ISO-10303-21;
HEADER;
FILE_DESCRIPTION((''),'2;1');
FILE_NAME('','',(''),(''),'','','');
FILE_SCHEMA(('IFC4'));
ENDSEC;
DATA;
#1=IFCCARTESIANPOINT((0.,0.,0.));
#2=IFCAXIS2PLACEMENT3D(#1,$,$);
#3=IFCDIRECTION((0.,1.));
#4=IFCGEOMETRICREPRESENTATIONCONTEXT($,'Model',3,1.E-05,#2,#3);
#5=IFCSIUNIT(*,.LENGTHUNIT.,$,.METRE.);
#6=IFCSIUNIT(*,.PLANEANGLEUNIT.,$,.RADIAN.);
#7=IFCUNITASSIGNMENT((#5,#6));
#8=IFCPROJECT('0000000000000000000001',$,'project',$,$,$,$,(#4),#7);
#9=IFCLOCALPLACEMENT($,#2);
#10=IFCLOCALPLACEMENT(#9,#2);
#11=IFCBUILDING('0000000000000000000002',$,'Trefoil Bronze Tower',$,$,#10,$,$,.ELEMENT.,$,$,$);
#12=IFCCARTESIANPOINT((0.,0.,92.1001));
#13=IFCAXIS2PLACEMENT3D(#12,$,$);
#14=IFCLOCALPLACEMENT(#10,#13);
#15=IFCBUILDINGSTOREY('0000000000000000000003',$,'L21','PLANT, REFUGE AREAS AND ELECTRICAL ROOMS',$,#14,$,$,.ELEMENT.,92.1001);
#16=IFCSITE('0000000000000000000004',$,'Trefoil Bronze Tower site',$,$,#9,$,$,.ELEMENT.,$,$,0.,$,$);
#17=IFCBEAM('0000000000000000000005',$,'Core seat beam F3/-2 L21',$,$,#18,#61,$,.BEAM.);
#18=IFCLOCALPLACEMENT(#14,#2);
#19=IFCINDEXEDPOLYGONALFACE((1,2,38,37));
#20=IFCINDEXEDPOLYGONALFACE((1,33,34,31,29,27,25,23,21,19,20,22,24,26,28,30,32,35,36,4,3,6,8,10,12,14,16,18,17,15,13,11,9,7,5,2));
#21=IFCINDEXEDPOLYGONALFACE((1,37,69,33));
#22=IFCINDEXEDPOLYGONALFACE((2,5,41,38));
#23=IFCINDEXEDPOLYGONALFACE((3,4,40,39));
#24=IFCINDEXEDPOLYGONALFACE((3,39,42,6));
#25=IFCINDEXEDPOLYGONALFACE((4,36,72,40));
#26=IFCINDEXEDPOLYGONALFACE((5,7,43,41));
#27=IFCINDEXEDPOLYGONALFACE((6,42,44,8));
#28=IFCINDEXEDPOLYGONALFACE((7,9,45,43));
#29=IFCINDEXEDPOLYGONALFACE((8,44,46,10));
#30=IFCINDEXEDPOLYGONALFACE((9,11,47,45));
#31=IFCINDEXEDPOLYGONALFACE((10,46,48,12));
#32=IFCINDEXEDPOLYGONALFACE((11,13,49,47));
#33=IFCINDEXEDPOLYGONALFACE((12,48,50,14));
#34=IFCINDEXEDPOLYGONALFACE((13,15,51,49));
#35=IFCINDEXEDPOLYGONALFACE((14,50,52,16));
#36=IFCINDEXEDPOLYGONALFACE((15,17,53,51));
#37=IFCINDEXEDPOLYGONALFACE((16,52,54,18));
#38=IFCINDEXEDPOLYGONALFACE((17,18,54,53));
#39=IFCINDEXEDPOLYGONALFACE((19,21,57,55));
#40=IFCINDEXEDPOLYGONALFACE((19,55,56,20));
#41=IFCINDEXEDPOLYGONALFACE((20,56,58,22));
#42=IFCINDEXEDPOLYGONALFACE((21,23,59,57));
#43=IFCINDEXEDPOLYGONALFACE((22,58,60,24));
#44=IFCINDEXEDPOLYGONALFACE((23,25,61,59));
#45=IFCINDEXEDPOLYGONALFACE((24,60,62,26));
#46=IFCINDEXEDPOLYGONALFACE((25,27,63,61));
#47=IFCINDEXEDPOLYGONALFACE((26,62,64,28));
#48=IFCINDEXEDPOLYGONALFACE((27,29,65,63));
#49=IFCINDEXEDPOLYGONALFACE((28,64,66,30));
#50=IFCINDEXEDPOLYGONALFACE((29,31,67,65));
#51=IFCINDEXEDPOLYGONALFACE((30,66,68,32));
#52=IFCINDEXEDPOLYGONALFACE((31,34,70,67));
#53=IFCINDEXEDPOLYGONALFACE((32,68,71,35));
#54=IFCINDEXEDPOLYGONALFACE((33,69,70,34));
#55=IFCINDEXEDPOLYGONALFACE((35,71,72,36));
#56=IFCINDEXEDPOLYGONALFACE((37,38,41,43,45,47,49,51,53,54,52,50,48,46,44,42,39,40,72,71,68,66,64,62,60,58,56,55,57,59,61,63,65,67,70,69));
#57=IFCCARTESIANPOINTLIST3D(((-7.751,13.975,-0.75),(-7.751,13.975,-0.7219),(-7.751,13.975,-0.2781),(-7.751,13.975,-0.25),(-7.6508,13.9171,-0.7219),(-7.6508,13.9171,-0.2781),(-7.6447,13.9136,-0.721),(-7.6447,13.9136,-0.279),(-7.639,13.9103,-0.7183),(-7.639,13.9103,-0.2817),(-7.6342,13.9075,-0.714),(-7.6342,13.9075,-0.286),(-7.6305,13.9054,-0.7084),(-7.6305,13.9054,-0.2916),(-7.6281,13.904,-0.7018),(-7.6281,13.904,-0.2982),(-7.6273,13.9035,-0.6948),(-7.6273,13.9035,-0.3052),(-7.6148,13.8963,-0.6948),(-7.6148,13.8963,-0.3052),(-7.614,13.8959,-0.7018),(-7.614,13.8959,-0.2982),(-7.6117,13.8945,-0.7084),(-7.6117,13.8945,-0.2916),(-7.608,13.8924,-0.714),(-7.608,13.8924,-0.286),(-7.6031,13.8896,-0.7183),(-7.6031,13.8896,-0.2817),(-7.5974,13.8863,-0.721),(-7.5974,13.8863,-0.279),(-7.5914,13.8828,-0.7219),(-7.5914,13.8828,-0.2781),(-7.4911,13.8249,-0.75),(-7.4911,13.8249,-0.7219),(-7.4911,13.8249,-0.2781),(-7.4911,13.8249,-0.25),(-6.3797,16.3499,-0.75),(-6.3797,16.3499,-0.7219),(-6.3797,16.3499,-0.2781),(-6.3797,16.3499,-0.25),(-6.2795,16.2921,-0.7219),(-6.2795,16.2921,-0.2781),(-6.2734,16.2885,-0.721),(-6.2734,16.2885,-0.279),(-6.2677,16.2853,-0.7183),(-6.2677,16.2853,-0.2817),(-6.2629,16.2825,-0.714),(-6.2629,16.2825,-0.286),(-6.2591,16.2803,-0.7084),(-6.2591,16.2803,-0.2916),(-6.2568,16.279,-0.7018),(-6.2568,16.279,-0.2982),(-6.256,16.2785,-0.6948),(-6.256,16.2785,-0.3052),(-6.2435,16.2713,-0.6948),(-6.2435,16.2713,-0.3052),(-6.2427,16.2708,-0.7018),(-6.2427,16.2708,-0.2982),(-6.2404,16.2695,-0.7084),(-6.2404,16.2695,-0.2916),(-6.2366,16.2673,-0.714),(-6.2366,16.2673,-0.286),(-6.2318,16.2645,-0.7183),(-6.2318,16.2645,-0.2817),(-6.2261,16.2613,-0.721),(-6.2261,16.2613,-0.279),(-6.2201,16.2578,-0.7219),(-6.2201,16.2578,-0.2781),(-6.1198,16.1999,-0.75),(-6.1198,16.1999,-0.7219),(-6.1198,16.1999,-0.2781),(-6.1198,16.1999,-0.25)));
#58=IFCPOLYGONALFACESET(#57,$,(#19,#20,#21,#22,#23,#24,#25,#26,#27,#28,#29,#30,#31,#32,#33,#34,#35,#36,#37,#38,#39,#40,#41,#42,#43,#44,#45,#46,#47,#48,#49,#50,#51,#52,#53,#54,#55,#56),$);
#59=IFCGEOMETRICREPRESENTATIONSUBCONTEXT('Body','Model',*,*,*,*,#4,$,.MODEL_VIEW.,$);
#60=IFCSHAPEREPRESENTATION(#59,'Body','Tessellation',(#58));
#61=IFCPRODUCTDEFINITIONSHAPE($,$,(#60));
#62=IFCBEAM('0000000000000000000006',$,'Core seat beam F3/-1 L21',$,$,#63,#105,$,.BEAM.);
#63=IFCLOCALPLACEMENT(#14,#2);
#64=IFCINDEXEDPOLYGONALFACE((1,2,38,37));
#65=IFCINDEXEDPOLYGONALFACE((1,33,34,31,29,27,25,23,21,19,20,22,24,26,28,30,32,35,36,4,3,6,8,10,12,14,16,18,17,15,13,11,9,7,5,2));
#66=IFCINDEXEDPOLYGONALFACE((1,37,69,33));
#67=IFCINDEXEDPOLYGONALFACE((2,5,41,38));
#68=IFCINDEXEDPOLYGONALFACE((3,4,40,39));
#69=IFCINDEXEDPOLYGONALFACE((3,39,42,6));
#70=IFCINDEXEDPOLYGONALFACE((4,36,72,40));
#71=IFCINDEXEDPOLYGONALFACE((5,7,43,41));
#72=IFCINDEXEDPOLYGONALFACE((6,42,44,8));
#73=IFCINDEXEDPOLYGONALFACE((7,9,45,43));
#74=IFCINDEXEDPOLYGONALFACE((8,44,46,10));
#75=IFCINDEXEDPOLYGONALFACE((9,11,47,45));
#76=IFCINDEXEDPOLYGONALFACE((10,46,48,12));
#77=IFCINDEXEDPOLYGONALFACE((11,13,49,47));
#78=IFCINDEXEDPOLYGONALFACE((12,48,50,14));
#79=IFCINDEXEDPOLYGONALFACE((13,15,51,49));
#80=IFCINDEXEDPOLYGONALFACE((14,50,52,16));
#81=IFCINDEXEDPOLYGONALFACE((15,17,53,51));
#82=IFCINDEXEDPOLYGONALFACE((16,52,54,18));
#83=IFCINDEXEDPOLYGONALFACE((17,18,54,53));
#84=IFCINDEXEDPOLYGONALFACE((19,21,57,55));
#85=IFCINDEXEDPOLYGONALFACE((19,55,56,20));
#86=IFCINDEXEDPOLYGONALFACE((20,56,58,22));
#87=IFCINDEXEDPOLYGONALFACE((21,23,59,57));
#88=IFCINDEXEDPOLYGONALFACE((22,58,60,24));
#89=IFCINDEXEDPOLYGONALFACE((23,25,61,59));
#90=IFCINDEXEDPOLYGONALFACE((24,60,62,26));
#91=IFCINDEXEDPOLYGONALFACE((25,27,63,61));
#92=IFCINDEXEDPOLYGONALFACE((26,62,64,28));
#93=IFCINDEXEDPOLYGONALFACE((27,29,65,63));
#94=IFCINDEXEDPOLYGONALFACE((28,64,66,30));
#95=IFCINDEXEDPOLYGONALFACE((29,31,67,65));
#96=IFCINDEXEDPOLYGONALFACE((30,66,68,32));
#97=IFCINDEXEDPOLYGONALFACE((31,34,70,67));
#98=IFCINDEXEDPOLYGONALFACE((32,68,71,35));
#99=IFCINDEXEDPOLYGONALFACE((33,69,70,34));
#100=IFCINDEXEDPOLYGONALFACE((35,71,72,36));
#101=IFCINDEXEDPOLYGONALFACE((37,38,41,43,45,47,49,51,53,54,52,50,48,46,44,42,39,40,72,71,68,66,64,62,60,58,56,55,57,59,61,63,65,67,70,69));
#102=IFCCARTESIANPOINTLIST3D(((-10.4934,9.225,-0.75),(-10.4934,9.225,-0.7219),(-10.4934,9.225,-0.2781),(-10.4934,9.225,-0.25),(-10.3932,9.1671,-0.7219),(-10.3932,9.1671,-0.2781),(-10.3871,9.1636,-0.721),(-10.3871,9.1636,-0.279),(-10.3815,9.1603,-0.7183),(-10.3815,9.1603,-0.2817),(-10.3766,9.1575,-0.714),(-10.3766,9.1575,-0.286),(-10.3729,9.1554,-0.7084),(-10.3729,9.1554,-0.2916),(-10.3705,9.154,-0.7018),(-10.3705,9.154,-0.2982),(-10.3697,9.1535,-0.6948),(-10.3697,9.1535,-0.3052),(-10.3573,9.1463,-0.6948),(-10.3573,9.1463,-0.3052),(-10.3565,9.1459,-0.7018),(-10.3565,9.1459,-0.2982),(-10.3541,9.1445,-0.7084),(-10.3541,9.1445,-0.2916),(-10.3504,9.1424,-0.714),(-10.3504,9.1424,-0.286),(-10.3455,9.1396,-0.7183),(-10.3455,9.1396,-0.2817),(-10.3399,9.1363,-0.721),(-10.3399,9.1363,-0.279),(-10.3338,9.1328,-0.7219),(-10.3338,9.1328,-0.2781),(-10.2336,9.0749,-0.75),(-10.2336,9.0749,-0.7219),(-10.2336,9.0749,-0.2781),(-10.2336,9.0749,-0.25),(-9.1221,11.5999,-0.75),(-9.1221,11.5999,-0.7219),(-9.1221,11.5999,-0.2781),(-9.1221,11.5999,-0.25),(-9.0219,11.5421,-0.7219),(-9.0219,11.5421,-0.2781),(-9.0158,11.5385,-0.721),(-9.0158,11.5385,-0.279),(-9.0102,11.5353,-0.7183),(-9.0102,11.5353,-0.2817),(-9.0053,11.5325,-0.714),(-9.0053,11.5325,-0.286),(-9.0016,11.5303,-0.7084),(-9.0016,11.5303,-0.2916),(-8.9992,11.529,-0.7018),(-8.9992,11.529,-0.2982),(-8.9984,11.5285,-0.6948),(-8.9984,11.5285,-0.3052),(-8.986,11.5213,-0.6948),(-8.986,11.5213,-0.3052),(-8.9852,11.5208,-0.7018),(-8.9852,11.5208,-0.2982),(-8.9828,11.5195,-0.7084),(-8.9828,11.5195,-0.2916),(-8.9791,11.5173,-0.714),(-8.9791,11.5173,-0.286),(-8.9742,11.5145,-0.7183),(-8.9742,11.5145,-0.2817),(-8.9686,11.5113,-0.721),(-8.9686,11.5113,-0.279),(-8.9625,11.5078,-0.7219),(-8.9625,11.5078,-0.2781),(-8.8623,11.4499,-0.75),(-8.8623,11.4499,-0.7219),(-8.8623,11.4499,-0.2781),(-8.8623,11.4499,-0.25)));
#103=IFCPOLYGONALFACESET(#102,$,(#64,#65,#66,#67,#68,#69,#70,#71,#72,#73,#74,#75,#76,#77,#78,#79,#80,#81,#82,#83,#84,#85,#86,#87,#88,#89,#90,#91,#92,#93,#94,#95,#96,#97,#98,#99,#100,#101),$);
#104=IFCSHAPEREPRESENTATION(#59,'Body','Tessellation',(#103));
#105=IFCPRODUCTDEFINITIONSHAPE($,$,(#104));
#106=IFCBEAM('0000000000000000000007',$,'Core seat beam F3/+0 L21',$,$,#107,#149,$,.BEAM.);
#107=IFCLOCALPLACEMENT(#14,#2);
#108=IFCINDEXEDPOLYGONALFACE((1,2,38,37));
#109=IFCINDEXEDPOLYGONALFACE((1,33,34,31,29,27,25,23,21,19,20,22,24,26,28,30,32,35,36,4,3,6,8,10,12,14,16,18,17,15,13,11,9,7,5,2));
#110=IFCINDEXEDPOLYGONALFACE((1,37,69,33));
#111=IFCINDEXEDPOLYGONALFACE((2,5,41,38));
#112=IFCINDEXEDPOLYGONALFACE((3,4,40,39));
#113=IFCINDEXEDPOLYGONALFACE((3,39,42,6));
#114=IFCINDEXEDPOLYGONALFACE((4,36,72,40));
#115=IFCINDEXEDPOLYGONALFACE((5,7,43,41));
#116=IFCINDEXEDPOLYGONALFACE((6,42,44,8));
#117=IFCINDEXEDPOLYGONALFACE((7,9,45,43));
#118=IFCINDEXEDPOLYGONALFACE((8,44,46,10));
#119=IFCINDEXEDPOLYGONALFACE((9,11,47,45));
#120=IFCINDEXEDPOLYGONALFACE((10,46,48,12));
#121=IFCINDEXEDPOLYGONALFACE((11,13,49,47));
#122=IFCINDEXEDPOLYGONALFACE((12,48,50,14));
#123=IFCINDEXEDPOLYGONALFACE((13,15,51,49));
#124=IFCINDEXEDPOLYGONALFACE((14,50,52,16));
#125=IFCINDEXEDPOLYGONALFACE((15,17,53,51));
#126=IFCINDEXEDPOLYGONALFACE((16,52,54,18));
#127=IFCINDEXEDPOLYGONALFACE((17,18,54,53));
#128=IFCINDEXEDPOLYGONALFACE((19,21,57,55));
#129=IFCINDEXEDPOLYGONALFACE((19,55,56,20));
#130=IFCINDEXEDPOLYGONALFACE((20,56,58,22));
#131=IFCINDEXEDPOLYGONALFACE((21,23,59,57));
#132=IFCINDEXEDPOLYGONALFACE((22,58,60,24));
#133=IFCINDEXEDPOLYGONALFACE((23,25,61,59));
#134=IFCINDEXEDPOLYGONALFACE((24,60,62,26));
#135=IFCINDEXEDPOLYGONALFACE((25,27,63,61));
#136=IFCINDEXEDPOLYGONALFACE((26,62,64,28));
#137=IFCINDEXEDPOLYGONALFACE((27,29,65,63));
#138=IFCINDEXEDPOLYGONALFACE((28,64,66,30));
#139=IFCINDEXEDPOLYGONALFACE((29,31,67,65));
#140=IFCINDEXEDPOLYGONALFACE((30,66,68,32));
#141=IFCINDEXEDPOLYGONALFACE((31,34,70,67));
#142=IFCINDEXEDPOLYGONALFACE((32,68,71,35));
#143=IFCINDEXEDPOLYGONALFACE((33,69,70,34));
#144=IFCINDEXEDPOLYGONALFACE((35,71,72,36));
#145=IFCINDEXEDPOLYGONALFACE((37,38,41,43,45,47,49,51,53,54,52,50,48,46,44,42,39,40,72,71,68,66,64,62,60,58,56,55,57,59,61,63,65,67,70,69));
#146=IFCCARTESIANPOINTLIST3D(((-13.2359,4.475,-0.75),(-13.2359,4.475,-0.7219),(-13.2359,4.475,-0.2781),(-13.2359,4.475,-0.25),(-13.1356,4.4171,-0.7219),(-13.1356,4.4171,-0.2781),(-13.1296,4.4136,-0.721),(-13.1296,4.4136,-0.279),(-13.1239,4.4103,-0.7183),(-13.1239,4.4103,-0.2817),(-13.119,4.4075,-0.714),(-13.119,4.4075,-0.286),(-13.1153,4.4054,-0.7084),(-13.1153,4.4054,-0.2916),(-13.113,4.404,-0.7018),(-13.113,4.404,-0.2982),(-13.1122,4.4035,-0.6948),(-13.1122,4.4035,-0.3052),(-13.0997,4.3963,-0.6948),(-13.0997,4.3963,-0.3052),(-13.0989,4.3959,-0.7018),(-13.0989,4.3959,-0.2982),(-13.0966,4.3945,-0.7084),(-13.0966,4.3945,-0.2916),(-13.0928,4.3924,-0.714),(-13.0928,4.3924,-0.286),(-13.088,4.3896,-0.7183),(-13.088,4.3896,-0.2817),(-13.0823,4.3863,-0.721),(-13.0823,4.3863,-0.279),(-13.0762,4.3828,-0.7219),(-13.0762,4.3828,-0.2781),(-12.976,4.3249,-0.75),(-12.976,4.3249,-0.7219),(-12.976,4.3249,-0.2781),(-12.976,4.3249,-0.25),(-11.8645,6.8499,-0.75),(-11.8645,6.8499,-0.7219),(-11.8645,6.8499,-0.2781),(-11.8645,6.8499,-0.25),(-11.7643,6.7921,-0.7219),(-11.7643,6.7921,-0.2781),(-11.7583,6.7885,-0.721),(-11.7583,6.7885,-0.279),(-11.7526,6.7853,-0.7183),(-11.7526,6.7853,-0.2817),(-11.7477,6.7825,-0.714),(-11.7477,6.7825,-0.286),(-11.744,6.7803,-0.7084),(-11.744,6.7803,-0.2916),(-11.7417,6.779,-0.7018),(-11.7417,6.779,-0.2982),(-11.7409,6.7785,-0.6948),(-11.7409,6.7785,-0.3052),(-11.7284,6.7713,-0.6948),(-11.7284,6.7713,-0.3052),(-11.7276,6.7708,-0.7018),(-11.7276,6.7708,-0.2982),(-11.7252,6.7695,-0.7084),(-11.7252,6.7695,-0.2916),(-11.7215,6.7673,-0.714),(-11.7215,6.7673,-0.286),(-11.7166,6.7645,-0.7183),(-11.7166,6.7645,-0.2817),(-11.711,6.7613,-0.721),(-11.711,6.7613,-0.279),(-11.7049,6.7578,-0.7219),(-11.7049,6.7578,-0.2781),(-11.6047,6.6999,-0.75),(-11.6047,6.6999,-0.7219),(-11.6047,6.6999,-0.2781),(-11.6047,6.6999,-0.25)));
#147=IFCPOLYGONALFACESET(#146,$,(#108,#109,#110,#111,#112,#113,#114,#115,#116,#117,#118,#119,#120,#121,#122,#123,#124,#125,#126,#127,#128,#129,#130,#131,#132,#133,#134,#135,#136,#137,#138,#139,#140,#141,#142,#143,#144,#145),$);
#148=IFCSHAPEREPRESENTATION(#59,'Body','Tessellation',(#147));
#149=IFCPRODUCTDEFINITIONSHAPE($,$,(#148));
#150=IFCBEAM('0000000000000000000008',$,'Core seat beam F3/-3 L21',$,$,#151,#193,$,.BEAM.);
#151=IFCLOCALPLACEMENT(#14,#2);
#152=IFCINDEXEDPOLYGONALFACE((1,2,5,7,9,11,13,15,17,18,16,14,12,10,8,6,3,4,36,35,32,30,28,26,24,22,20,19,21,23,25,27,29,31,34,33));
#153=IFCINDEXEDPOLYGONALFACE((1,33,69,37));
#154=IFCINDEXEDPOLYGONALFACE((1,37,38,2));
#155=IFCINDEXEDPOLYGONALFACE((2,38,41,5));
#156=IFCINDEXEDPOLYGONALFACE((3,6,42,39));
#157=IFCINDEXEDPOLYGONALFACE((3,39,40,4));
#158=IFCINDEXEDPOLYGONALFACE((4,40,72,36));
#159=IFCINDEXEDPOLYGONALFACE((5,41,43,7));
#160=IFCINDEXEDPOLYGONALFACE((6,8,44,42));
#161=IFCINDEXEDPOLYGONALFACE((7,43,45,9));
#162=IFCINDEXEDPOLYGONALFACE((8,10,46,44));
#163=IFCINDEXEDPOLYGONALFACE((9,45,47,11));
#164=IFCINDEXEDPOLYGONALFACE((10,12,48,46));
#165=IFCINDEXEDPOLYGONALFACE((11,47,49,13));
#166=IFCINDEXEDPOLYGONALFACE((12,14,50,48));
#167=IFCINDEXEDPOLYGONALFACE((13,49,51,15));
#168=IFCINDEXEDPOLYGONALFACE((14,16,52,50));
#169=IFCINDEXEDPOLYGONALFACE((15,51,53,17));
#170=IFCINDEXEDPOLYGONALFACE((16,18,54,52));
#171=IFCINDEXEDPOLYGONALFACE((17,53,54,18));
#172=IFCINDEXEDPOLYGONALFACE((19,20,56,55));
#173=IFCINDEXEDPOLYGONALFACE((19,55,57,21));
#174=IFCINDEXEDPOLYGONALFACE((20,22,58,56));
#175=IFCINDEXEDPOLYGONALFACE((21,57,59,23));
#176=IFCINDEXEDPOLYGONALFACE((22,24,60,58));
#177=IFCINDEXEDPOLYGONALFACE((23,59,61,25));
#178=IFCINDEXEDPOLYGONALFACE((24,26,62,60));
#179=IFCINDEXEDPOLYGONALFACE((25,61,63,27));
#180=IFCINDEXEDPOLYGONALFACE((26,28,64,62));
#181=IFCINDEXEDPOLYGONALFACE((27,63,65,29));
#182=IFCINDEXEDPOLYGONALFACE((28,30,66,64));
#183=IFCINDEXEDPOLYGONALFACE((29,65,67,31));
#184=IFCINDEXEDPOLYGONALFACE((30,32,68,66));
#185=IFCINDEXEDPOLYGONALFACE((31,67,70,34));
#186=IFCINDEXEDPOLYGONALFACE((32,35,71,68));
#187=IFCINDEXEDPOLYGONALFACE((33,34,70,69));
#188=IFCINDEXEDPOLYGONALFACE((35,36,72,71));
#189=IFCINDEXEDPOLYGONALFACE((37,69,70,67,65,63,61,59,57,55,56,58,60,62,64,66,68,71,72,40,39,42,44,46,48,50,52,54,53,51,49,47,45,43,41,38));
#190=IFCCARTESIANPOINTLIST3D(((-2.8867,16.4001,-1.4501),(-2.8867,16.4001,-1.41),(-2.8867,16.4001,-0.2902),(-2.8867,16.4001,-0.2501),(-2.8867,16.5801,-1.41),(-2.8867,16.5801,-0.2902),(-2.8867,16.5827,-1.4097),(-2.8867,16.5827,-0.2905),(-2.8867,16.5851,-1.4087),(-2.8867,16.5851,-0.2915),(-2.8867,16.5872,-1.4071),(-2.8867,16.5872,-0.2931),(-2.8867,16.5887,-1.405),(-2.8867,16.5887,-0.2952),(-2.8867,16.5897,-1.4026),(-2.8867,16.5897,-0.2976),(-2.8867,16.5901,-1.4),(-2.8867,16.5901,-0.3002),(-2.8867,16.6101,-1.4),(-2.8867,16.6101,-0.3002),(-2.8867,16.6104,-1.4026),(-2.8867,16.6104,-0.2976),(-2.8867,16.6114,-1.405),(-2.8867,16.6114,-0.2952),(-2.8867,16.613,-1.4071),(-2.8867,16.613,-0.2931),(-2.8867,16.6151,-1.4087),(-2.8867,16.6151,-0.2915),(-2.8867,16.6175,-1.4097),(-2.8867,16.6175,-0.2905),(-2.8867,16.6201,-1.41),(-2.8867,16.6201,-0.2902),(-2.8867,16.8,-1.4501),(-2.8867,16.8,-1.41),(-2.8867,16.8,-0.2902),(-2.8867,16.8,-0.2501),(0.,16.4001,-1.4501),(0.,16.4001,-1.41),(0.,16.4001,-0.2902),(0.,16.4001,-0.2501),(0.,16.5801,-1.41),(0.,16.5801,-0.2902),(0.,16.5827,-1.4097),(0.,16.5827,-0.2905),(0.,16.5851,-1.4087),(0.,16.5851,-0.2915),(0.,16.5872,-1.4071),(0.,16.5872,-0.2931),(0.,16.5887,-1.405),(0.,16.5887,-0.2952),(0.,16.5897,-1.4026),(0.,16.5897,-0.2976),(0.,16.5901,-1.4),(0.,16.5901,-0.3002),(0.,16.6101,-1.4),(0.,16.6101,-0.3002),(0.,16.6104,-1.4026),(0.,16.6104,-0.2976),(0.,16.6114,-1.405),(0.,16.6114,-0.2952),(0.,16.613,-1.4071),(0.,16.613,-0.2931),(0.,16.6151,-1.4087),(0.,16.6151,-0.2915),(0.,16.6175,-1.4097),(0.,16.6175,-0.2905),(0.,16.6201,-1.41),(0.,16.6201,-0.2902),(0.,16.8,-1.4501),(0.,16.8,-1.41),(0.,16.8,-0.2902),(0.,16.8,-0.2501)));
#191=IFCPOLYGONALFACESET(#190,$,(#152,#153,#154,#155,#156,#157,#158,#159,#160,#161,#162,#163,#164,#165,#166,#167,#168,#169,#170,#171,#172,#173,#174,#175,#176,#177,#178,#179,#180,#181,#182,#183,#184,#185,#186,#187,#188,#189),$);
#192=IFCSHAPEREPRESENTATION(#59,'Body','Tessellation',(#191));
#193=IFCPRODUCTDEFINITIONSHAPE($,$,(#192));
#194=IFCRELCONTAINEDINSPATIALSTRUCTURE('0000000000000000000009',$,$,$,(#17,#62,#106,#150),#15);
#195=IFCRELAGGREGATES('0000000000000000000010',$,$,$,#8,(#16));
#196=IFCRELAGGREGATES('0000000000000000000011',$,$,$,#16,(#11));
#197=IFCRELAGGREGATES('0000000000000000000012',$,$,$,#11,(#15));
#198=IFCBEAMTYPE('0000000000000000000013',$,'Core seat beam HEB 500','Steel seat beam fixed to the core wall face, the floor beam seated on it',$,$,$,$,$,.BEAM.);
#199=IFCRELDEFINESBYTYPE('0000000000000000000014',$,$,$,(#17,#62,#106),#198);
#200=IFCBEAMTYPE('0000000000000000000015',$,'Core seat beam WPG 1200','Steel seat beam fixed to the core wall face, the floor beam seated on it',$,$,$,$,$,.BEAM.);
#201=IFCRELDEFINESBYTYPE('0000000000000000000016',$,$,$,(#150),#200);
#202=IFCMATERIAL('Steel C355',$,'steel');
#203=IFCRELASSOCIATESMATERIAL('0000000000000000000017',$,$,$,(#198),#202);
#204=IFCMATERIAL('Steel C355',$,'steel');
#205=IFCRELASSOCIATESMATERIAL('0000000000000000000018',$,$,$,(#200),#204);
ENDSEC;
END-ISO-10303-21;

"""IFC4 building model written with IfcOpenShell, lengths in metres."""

from ifc_helpers import new_model, si_unit, direction, frame, origin, origin_2d, place, context, subcontext, project, spatial, i_section, extrude, material, material_profile, profile_set, type_object, element, save


model = new_model("IFC4")

# Units and contexts
model_context = context("Model", 3, precision=1e-05, world=origin(), true_north=direction((0.0, 1.0)))
body_context = subcontext(model_context, "Body", "Model", "MODEL_VIEW")
ifc_project = project(units=[si_unit("LENGTHUNIT", "METRE"), si_unit("PLANEANGLEUNIT", "RADIAN")], contexts=[model_context])

# Site, building, storey
site_placement = place(None, origin())
site = spatial("IfcSite", under=ifc_project, at=site_placement, Name="Trefoil Bronze Tower site", CompositionType="ELEMENT", RefElevation=0.0)
building_placement = place(site_placement, origin())
building = spatial("IfcBuilding", under=site, at=building_placement, Name="Trefoil Bronze Tower", CompositionType="ELEMENT")
storey_placement = place(building_placement, frame((0.0, 0.0, 92.1001)))
storey = spatial("IfcBuildingStorey", under=building, at=storey_placement, Name="L21", Description="PLANT, REFUGE AREAS AND ELECTRICAL ROOMS", CompositionType="ELEMENT", Elevation=92.1001)

# Beams
ifc_material_1 = material(Name="Steel C355", Category="steel")
ifc_material_profile_1 = material_profile(ifc_material_1, i_section(OverallWidth=0.3, OverallDepth=0.5, WebThickness=0.0144, FlangeThickness=0.0281, FilletRadius=0.0271, at=origin_2d()), Name="HEB 500")
ifc_profile_set_1 = profile_set([ifc_material_profile_1], Name="Steel C355")
beam_type_1 = type_object("IfcBeamType", Name="Core seat beam HEB 500", Description="Steel seat beam fixed to the core wall face, the floor beam seated on it", PredefinedType="BEAM", material=ifc_profile_set_1)
for number, where, z_axis, x_axis, name in (
    (1, (-6.2498, 16.2749, -0.5), (-0.500036, -0.866005, 0.0), (0.866005, -0.500036, 0.0), "Core seat beam F3/-2 L21"),
    (2, (-8.9922, 11.5249, -0.5), (-0.500036, -0.866005, 0.0), (0.866005, -0.500036, 0.0), "Core seat beam F3/-1 L21"),
    (3, (-11.7346, 6.7749, -0.5), (-0.500036, -0.866005, 0.0), (0.866005, -0.500036, 0.0), "Core seat beam F3/+0 L21"),
):
    element("IfcBeam", number, at=place(storey_placement, frame(where, z_axis=z_axis, x_axis=x_axis)), inside=storey, type_object=beam_type_1, Name=name, PredefinedType="BEAM", context=body_context, shape_type="SweptSolid", body=[
        extrude(i_section(OverallWidth=0.3, OverallDepth=0.5, WebThickness=0.0144, FlangeThickness=0.0281, FilletRadius=0.0271, at=origin_2d()), origin(), (0.0, 0.0, 1.0), 2.7424),
    ])
ifc_material_2 = material(Name="Steel C355", Category="steel")
ifc_material_profile_2 = material_profile(ifc_material_2, i_section(OverallWidth=0.3999, OverallDepth=1.2, WebThickness=0.02, FlangeThickness=0.04, FilletRadius=0.01, at=origin_2d()), Name="WPG 1200")
ifc_profile_set_2 = profile_set([ifc_material_profile_2], Name="Steel C355")
beam_type_2 = type_object("IfcBeamType", Name="Core seat beam WPG 1200", Description="Steel seat beam fixed to the core wall face, the floor beam seated on it", PredefinedType="BEAM", material=ifc_profile_set_2)
beam_1_placement = place(storey_placement, frame((0.0, 16.6001, -0.8501), z_axis=(-1.0, 0.0, 0.0), x_axis=(0.0, -1.0, 0.0)))
element("IfcBeam", 4, at=beam_1_placement, inside=storey, type_object=beam_type_2, Name="Core seat beam F3/-3 L21", PredefinedType="BEAM", context=body_context, shape_type="SweptSolid", body=[
    extrude(i_section(OverallWidth=0.3999, OverallDepth=1.2, WebThickness=0.02, FlangeThickness=0.04, FilletRadius=0.01, at=origin_2d()), origin(), (0.0, 0.0, 1.0), 2.8867),
])

save(model, "model.ifc")
